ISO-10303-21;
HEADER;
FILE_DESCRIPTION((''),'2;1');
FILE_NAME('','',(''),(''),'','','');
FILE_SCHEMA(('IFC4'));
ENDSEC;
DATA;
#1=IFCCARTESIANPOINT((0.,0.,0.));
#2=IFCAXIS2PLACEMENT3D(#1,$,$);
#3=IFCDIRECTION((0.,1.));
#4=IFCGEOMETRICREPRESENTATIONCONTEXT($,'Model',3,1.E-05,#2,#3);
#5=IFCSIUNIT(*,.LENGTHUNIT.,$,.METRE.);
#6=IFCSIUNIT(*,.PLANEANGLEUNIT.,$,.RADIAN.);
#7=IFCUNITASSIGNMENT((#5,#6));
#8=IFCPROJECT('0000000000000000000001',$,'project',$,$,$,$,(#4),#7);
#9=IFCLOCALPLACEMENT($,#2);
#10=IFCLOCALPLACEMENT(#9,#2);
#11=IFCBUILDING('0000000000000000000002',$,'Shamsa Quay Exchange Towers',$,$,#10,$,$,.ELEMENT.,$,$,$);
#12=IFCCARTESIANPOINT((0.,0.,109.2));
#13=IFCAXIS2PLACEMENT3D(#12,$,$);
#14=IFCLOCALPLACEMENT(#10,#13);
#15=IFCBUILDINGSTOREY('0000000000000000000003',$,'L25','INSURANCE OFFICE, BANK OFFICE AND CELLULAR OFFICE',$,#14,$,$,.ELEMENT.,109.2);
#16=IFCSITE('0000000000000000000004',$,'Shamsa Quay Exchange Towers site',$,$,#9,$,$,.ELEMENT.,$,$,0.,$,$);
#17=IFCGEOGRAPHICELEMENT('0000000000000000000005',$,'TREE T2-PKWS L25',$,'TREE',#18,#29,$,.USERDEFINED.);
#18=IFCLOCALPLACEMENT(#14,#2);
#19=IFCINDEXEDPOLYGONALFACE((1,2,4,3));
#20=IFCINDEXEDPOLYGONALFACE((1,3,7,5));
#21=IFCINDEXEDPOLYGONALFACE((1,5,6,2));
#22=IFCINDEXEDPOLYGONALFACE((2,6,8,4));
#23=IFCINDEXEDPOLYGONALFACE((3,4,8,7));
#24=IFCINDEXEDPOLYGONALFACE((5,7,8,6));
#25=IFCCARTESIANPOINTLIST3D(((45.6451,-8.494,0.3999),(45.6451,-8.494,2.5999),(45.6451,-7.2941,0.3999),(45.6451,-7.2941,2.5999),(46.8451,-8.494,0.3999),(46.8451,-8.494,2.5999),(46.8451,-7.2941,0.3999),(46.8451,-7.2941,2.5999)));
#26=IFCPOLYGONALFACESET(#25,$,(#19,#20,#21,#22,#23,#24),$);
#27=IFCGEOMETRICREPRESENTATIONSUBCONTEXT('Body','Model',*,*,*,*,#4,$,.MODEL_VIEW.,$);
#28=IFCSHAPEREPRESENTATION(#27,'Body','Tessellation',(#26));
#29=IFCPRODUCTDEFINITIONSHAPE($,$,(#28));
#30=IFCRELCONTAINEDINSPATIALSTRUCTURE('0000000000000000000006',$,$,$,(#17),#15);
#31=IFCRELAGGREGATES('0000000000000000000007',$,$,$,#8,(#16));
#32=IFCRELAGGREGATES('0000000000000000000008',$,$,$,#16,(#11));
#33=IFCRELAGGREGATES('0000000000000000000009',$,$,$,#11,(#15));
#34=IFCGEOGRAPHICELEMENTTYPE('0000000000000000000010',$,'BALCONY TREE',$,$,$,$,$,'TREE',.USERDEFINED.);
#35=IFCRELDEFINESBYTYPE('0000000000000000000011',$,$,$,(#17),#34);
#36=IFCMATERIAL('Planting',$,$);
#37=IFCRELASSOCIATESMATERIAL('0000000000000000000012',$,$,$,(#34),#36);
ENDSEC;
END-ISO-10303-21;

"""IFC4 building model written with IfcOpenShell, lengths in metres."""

from ifc_helpers import new_model, si_unit, direction, frame, origin, origin_2d, place, context, subcontext, project, spatial, rectangle, extrude, material, type_object, element, save


model = new_model("IFC4")

# Units and contexts
model_context = context("Model", 3, precision=1e-05, world=origin(), true_north=direction((0.0, 1.0)))
body_context = subcontext(model_context, "Body", "Model", "MODEL_VIEW")
ifc_project = project(units=[si_unit("LENGTHUNIT", "METRE"), si_unit("PLANEANGLEUNIT", "RADIAN")], contexts=[model_context])

# Site, building, storey
site_placement = place(None, origin())
site = spatial("IfcSite", under=ifc_project, at=site_placement, Name="Shamsa Quay Exchange Towers site", CompositionType="ELEMENT", RefElevation=0.0)
building_placement = place(site_placement, origin())
building = spatial("IfcBuilding", under=site, at=building_placement, Name="Shamsa Quay Exchange Towers", CompositionType="ELEMENT")
storey_placement = place(building_placement, frame((0.0, 0.0, 109.2)))
storey = spatial("IfcBuildingStorey", under=building, at=storey_placement, Name="L25", Description="INSURANCE OFFICE, BANK OFFICE AND CELLULAR OFFICE", CompositionType="ELEMENT", Elevation=109.2)

# Geographic element
ifc_material_1 = material(Name="Planting")
geographic_element_type = type_object("IfcGeographicElementType", Name="BALCONY TREE", ElementType="TREE", PredefinedType="USERDEFINED", material=ifc_material_1)
geographic_element_placement = place(storey_placement, frame((46.2451, -7.894, 0.3999), z_axis=(0.0, 0.0, 1.0), x_axis=(0.0, 1.0, 0.0)))
element("IfcGeographicElement", 1, at=geographic_element_placement, inside=storey, type_object=geographic_element_type, Name="TREE T2-PKWS L25", ObjectType="TREE", PredefinedType="USERDEFINED", context=body_context, shape_type="SweptSolid", body=[
    extrude(rectangle(XDim=1.2, YDim=1.2, at=origin_2d()), origin(), (0.0, 0.0, 1.0), 2.2),
])

save(model, "model.ifc")
